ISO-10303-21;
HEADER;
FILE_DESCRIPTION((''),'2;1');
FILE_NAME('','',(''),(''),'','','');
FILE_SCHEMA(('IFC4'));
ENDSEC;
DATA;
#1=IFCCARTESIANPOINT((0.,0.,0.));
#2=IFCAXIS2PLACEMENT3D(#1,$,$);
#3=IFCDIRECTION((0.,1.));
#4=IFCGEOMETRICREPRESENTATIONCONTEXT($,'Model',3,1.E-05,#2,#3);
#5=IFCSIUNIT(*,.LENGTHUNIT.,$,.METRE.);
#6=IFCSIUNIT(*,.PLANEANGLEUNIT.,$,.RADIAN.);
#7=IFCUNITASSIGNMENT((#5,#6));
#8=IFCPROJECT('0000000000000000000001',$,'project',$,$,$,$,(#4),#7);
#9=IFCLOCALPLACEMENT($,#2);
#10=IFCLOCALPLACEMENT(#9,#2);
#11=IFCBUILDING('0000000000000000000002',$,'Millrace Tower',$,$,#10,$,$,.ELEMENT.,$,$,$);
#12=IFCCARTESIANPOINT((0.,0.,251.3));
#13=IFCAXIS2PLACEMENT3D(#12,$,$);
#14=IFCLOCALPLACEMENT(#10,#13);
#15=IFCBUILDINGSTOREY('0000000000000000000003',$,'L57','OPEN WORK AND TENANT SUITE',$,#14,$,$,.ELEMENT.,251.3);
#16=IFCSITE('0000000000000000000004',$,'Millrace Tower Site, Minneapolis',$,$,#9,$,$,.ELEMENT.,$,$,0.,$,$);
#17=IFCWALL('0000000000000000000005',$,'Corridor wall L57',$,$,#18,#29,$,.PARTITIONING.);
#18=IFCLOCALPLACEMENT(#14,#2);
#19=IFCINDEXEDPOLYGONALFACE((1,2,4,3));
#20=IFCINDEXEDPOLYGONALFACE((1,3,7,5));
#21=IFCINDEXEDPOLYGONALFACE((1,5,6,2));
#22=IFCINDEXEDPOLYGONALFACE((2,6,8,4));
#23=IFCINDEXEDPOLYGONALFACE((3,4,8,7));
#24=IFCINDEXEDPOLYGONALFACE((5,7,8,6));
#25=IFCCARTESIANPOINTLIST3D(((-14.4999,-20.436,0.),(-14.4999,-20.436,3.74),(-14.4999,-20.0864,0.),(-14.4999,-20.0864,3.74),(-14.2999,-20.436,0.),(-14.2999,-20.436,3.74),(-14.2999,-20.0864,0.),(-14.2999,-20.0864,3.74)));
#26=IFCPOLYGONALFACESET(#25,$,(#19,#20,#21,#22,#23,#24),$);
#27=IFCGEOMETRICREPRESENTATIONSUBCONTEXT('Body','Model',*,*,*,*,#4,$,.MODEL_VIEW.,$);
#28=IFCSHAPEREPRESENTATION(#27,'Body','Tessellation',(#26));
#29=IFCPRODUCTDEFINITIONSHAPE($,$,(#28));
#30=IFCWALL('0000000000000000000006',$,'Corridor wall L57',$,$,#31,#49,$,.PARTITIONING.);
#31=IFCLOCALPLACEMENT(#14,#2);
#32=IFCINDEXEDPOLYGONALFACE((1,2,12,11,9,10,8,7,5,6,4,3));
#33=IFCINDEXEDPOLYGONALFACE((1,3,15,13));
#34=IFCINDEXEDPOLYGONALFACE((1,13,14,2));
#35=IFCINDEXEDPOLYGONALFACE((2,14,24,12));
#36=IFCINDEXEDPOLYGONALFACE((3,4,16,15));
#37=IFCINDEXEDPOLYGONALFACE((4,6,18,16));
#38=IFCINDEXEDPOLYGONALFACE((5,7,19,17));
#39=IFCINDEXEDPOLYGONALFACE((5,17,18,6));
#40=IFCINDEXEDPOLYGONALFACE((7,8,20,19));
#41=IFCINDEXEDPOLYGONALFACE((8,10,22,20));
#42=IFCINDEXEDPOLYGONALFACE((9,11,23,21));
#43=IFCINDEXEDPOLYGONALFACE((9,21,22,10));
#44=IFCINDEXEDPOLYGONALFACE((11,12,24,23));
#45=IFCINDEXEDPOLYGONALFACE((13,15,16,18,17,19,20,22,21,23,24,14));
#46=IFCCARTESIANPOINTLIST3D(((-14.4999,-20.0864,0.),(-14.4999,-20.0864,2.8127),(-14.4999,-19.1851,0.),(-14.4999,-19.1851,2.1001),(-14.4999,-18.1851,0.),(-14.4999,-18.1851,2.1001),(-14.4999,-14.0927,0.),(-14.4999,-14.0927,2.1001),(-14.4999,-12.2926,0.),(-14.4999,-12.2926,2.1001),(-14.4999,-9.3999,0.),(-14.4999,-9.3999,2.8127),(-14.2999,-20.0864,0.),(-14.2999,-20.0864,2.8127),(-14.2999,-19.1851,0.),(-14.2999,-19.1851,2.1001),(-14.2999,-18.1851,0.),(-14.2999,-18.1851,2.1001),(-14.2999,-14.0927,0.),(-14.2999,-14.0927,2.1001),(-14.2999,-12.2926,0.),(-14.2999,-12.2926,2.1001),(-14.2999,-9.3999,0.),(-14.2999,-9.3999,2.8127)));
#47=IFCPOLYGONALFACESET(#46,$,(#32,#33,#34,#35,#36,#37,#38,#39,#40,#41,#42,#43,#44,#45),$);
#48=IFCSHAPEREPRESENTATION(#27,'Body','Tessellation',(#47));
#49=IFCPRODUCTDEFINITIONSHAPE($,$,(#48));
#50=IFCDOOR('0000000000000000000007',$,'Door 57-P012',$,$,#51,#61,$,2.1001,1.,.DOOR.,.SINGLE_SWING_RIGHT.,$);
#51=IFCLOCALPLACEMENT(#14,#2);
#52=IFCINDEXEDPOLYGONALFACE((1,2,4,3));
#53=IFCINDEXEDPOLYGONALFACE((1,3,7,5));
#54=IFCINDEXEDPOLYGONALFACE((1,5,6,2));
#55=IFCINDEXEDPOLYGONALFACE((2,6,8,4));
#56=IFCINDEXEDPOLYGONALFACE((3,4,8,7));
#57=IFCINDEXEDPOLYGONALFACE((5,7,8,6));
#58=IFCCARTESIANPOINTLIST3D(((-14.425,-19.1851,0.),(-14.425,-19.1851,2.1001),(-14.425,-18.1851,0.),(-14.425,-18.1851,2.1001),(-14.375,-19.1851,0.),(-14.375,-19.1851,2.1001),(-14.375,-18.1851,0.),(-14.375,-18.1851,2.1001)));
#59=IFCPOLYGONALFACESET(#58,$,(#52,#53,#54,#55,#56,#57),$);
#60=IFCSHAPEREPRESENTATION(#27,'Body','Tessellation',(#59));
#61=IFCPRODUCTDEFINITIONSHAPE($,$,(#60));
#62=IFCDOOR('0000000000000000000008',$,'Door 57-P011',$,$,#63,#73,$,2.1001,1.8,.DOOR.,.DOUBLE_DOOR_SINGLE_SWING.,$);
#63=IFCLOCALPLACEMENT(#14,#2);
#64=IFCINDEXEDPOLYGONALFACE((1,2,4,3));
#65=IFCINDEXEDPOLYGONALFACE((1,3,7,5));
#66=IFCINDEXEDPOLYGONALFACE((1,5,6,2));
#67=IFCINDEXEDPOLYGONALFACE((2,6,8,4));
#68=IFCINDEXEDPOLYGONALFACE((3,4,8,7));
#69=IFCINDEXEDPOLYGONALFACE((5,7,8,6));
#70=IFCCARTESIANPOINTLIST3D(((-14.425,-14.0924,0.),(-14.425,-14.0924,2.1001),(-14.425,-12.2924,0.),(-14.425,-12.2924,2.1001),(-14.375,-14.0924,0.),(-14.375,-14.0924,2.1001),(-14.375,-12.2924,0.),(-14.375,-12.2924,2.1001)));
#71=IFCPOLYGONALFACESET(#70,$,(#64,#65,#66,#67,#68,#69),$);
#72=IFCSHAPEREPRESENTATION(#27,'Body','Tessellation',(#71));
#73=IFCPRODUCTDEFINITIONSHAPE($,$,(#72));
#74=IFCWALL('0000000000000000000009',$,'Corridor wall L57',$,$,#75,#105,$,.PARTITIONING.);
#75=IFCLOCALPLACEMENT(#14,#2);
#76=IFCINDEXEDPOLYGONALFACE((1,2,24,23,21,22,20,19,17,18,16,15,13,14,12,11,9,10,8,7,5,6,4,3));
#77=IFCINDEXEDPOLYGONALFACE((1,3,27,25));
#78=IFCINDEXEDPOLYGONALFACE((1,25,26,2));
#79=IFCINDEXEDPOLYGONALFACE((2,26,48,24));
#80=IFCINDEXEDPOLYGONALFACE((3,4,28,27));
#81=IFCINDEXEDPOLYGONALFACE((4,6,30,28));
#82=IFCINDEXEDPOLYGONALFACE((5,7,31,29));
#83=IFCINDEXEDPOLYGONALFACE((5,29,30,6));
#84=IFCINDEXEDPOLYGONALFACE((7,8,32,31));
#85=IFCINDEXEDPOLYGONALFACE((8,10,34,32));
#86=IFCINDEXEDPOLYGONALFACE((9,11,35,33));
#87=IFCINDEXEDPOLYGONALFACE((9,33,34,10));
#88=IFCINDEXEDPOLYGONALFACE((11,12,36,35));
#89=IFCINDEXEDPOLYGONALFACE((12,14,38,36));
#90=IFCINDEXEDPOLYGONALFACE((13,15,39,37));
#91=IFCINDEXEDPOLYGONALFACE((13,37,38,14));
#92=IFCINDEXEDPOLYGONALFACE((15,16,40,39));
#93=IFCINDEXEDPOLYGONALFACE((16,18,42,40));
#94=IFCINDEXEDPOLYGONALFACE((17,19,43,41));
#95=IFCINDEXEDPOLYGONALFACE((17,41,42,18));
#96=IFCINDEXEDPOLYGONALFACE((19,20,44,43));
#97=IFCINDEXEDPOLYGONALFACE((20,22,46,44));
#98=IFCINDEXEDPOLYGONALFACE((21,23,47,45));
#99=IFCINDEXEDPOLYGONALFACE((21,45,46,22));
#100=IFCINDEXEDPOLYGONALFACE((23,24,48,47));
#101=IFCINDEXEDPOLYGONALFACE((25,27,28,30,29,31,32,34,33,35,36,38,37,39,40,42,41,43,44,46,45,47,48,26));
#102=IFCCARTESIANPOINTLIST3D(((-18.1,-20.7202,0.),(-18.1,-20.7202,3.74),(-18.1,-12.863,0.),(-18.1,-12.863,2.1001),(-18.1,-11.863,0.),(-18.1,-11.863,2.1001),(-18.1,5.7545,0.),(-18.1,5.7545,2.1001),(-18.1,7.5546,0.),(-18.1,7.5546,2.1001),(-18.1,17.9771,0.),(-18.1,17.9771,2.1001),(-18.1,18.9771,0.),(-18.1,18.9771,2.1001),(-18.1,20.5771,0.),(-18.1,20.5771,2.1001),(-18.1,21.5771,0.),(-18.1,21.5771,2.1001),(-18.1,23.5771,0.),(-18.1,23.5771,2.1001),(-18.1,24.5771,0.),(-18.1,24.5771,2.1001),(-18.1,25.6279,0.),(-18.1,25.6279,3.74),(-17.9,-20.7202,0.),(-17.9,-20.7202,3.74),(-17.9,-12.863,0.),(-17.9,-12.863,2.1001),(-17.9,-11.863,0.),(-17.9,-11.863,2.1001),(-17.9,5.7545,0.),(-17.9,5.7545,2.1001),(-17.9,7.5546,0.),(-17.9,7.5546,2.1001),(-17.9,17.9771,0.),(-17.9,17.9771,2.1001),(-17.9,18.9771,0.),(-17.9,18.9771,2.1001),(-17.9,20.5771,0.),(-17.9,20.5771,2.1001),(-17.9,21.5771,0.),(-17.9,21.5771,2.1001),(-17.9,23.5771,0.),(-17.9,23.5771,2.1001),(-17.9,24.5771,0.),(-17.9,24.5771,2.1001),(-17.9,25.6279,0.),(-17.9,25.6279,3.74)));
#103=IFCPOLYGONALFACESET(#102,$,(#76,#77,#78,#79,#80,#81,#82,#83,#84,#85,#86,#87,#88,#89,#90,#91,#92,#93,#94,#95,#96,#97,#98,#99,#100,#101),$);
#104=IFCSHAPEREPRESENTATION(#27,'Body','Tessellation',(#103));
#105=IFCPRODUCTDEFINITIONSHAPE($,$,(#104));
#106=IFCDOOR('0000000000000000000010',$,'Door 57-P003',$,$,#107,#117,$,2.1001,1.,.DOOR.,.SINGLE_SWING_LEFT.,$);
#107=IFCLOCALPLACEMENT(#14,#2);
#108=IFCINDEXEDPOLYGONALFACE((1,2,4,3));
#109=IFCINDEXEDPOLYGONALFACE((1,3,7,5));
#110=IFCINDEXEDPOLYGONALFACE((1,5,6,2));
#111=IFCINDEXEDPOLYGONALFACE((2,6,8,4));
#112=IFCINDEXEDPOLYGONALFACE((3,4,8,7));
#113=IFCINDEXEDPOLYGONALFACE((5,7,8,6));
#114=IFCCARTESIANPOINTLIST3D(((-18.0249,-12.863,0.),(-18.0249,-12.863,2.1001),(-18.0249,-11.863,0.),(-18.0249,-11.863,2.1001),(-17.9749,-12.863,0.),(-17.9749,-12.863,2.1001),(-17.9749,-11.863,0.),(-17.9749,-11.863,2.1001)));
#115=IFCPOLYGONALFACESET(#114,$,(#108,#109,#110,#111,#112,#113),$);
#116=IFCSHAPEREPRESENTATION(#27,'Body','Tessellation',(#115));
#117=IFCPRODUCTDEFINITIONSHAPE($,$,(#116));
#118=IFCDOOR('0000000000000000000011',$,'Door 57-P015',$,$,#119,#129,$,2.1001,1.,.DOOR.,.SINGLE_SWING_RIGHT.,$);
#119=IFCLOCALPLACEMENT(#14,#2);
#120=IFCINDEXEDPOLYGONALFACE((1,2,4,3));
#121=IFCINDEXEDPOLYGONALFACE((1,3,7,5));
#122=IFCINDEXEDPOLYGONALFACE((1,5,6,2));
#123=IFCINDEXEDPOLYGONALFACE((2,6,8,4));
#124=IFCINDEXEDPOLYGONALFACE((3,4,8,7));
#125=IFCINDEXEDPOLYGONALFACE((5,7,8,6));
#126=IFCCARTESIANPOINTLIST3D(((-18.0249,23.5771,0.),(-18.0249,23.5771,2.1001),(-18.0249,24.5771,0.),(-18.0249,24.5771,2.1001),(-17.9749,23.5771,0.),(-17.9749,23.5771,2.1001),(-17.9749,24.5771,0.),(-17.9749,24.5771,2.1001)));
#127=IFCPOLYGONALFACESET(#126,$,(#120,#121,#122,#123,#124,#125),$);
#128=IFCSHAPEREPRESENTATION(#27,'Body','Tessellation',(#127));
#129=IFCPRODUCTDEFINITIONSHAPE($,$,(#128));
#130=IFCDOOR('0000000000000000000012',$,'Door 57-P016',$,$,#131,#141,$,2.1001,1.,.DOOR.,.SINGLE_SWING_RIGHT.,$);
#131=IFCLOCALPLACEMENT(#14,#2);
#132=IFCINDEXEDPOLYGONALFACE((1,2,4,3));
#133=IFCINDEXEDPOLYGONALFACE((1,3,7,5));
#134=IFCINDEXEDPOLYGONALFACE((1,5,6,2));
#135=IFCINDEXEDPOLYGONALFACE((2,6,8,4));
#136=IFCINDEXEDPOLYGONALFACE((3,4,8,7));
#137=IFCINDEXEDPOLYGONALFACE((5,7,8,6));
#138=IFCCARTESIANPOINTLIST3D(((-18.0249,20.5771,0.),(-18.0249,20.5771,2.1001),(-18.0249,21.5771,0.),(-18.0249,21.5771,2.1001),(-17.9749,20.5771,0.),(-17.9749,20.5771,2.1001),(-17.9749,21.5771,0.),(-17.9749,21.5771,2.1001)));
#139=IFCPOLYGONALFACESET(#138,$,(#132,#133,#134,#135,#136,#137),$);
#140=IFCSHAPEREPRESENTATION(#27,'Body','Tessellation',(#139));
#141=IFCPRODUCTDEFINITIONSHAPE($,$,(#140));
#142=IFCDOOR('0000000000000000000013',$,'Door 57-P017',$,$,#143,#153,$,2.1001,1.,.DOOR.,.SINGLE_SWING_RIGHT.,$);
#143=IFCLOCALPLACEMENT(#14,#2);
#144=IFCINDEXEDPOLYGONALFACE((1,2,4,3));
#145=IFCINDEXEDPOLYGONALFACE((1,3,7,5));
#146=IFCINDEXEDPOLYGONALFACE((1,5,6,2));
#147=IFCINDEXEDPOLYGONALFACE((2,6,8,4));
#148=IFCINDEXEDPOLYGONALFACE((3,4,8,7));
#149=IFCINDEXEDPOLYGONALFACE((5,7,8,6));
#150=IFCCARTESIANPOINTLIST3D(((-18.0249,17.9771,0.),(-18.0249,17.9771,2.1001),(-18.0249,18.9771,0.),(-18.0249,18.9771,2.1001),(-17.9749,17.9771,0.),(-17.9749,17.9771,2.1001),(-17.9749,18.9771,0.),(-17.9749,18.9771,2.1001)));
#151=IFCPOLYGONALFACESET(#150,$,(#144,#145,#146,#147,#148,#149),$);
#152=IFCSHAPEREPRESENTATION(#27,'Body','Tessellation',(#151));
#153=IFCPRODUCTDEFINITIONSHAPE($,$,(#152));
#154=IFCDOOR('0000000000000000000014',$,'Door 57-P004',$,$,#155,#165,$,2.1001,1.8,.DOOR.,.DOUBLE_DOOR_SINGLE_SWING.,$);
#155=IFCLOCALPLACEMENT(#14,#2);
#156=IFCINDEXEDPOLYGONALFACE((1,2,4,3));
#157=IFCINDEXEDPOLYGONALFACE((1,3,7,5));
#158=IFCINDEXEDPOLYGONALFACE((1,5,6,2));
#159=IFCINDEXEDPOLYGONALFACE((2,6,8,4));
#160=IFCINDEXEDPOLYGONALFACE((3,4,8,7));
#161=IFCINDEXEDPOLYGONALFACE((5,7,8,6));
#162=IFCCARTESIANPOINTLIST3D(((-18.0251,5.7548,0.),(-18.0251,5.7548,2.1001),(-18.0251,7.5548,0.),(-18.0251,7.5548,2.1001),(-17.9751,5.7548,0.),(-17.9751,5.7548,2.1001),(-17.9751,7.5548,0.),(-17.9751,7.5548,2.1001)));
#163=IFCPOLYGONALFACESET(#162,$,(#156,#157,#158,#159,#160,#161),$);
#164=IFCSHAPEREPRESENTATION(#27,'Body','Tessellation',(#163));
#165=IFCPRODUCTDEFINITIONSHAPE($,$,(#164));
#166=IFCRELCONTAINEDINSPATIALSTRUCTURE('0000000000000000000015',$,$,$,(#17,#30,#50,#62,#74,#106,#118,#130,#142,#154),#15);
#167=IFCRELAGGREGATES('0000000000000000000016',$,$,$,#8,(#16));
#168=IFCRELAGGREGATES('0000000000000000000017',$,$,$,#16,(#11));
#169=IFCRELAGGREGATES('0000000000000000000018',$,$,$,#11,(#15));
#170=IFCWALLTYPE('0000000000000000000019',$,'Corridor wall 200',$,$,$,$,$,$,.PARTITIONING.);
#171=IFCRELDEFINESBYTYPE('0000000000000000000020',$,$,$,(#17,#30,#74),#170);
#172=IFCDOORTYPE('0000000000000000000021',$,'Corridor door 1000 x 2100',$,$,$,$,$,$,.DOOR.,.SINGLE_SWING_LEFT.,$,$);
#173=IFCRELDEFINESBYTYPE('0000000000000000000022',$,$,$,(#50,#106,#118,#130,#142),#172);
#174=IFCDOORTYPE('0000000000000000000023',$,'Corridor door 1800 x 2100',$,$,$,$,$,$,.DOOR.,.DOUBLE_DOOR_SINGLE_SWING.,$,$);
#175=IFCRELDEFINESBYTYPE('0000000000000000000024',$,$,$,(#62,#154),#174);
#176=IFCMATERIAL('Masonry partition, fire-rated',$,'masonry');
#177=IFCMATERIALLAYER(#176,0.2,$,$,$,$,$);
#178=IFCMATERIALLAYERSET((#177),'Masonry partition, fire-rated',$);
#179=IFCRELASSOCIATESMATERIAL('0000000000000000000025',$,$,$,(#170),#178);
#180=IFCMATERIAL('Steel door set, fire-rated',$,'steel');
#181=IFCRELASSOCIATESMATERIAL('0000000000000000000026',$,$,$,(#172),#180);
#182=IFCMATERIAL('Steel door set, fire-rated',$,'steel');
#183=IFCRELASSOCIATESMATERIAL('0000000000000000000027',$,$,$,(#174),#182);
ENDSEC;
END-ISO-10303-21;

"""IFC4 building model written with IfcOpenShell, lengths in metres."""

from ifc_helpers import new_model, si_unit, direction, frame, frame_2d, origin, place, context, subcontext, project, spatial, rectangle, extrude, material, layer, layer_set, type_object, element, fill, save


model = new_model("IFC4")

# Units and contexts
model_context = context("Model", 3, precision=1e-05, world=origin(), true_north=direction((0.0, 1.0)))
body_context = subcontext(model_context, "Body", "Model", "MODEL_VIEW")
ifc_project = project(units=[si_unit("LENGTHUNIT", "METRE"), si_unit("PLANEANGLEUNIT", "RADIAN")], contexts=[model_context])

# Site, building, storey
site_placement = place(None, origin())
site = spatial("IfcSite", under=ifc_project, at=site_placement, Name="Millrace Tower Site, Minneapolis", CompositionType="ELEMENT", RefElevation=0.0)
building_placement = place(site_placement, origin())
building = spatial("IfcBuilding", under=site, at=building_placement, Name="Millrace Tower", CompositionType="ELEMENT")
storey_placement = place(building_placement, frame((0.0, 0.0, 251.3)))
storey = spatial("IfcBuildingStorey", under=building, at=storey_placement, Name="L57", Description="OPEN WORK AND TENANT SUITE", CompositionType="ELEMENT", Elevation=251.3)

# Wall
ifc_material_1 = material(Name="Masonry partition, fire-rated", Category="masonry")
ifc_layer_1 = layer(ifc_material_1, 0.2)
ifc_layer_set_1 = layer_set([ifc_layer_1], Name="Masonry partition, fire-rated")
wall_type_1 = type_object("IfcWallType", Name="Corridor wall 200", PredefinedType="PARTITIONING", material=ifc_layer_set_1)
wall_1_placement = place(storey_placement, frame((-14.3999, -20.436, 0.0), z_axis=(0.0, 0.0, 1.0), x_axis=(0.0, 1.0, 0.0)))
element("IfcWall", 1, at=wall_1_placement, inside=storey, type_object=wall_type_1, Name="Corridor wall L57", PredefinedType="PARTITIONING", context=body_context, shape_type="SweptSolid", body=[
    extrude(rectangle(XDim=0.3496, YDim=0.2, at=frame_2d((0.1748, 0.0))), origin(), (0.0, 0.0, 1.0), 3.74),
])

# Walls, openings, doors
wall_2_placement = place(storey_placement, frame((-14.3999, -20.0864, 0.0), z_axis=(0.0, 0.0, 1.0), x_axis=(0.0, 1.0, 0.0)))
wall_2 = element("IfcWall", 2, at=wall_2_placement, inside=storey, type_object=wall_type_1, Name="Corridor wall L57", PredefinedType="PARTITIONING", context=body_context, shape_type="SweptSolid", body=[
    extrude(rectangle(XDim=10.6865, YDim=0.2, at=frame_2d((5.3433, 0.0))), origin(), (0.0, 0.0, 1.0), 2.8127),
])
opening_1_placement = place(wall_2_placement, frame((5.9939, 0.0, 0.0)))
opening_1 = element("IfcOpeningElement", 3, at=opening_1_placement, cuts=wall_2, PredefinedType="OPENING", context=body_context, shape_type="SweptSolid", body=[
    extrude(rectangle(XDim=1.8, YDim=2.1001, at=frame_2d((0.8999, 1.05))), frame((0.0, 0.1099, 0.0), z_axis=(0.0, -1.0, 0.0), x_axis=(1.0, 0.0, 0.0)), (0.0, 0.0, 1.0), 0.22),
])
opening_2_placement = place(wall_2_placement, frame((0.9014, 0.0, 0.0)))
opening_2 = element("IfcOpeningElement", 4, at=opening_2_placement, cuts=wall_2, PredefinedType="OPENING", context=body_context, shape_type="SweptSolid", body=[
    extrude(rectangle(XDim=1.0, YDim=2.1001, at=frame_2d((0.5, 1.05))), frame((0.0, 0.1099, 0.0), z_axis=(0.0, -1.0, 0.0), x_axis=(1.0, 0.0, 0.0)), (0.0, 0.0, 1.0), 0.22),
])
ifc_material_2 = material(Name="Steel door set, fire-rated", Category="steel")
door_type_1 = type_object("IfcDoorType", Name="Corridor door 1000 x 2100", OperationType="SINGLE_SWING_LEFT", PredefinedType="DOOR", material=ifc_material_2)
door_1_placement = place(opening_2_placement, frame((1.0, 0.0, 0.0), z_axis=(0.0, 0.0, 1.0), x_axis=(-1.0, 0.0, 0.0)))
door_1 = element("IfcDoor", 5, at=door_1_placement, inside=storey, type_object=door_type_1, Name="Door 57-P012", OperationType="SINGLE_SWING_RIGHT", OverallHeight=2.1001, OverallWidth=1.0, PredefinedType="DOOR", context=body_context, shape_type="SweptSolid", body=[
    extrude(rectangle(XDim=1.0, YDim=2.1001, at=frame_2d((0.5, 1.05))), frame((0.0, 0.0249, 0.0), z_axis=(0.0, -1.0, 0.0), x_axis=(1.0, 0.0, 0.0)), (0.0, 0.0, 1.0), 0.05),
])
fill(opening_2, door_1)
ifc_material_3 = material(Name="Steel door set, fire-rated", Category="steel")
door_type_2 = type_object("IfcDoorType", Name="Corridor door 1800 x 2100", OperationType="DOUBLE_DOOR_SINGLE_SWING", PredefinedType="DOOR", material=ifc_material_3)
door_2_placement = place(opening_1_placement, frame((1.8, 0.0, 0.0), z_axis=(0.0, 0.0, 1.0), x_axis=(-1.0, 0.0, 0.0)))
door_2 = element("IfcDoor", 6, at=door_2_placement, inside=storey, type_object=door_type_2, Name="Door 57-P011", OperationType="DOUBLE_DOOR_SINGLE_SWING", OverallHeight=2.1001, OverallWidth=1.8, PredefinedType="DOOR", context=body_context, shape_type="SweptSolid", body=[
    extrude(rectangle(XDim=1.8, YDim=2.1001, at=frame_2d((0.8999, 1.05))), frame((0.0, 0.0249, 0.0), z_axis=(0.0, -1.0, 0.0), x_axis=(1.0, 0.0, 0.0)), (0.0, 0.0, 1.0), 0.05),
])
fill(opening_1, door_2)
wall_3_placement = place(storey_placement, frame((-18.0, -20.7202, 0.0), z_axis=(0.0, 0.0, 1.0), x_axis=(0.0, 1.0, 0.0)))
wall_3 = element("IfcWall", 7, at=wall_3_placement, inside=storey, type_object=wall_type_1, Name="Corridor wall L57", PredefinedType="PARTITIONING", context=body_context, shape_type="SweptSolid", body=[
    extrude(rectangle(XDim=46.3481, YDim=0.2, at=frame_2d((23.1741, 0.0))), origin(), (0.0, 0.0, 1.0), 3.74),
])
opening_3_placement = place(wall_3_placement, frame((7.8572, 0.0, 0.0)))
opening_3 = element("IfcOpeningElement", 8, at=opening_3_placement, cuts=wall_3, PredefinedType="OPENING", context=body_context, shape_type="SweptSolid", body=[
    extrude(rectangle(XDim=1.0, YDim=2.1001, at=frame_2d((0.5, 1.05))), frame((0.0, 0.1099, 0.0), z_axis=(0.0, -1.0, 0.0), x_axis=(1.0, 0.0, 0.0)), (0.0, 0.0, 1.0), 0.22),
])
opening_4_placement = place(wall_3_placement, frame((26.4749, 0.0, 0.0)))
opening_4 = element("IfcOpeningElement", 9, at=opening_4_placement, cuts=wall_3, PredefinedType="OPENING", context=body_context, shape_type="SweptSolid", body=[
    extrude(rectangle(XDim=1.8, YDim=2.1001, at=frame_2d((0.8999, 1.05))), frame((0.0, 0.1099, 0.0), z_axis=(0.0, -1.0, 0.0), x_axis=(1.0, 0.0, 0.0)), (0.0, 0.0, 1.0), 0.22),
])
opening_5_placement = place(wall_3_placement, frame((44.2974, 0.0, 0.0)))
opening_5 = element("IfcOpeningElement", 10, at=opening_5_placement, cuts=wall_3, PredefinedType="OPENING", context=body_context, shape_type="SweptSolid", body=[
    extrude(rectangle(XDim=1.0, YDim=2.1001, at=frame_2d((0.5, 1.05))), frame((0.0, 0.1099, 0.0), z_axis=(0.0, -1.0, 0.0), x_axis=(1.0, 0.0, 0.0)), (0.0, 0.0, 1.0), 0.22),
])
opening_6_placement = place(wall_3_placement, frame((41.2974, 0.0, 0.0)))
opening_6 = element("IfcOpeningElement", 11, at=opening_6_placement, cuts=wall_3, PredefinedType="OPENING", context=body_context, shape_type="SweptSolid", body=[
    extrude(rectangle(XDim=1.0, YDim=2.1001, at=frame_2d((0.5, 1.05))), frame((0.0, 0.1099, 0.0), z_axis=(0.0, -1.0, 0.0), x_axis=(1.0, 0.0, 0.0)), (0.0, 0.0, 1.0), 0.22),
])
opening_7_placement = place(wall_3_placement, frame((38.6973, 0.0, 0.0)))
opening_7 = element("IfcOpeningElement", 12, at=opening_7_placement, cuts=wall_3, PredefinedType="OPENING", context=body_context, shape_type="SweptSolid", body=[
    extrude(rectangle(XDim=1.0, YDim=2.1001, at=frame_2d((0.5, 1.05))), frame((0.0, 0.1099, 0.0), z_axis=(0.0, -1.0, 0.0), x_axis=(1.0, 0.0, 0.0)), (0.0, 0.0, 1.0), 0.22),
])
door_3_placement = place(opening_3_placement, origin())
door_3 = element("IfcDoor", 13, at=door_3_placement, inside=storey, type_object=door_type_1, Name="Door 57-P003", OperationType="SINGLE_SWING_LEFT", OverallHeight=2.1001, OverallWidth=1.0, PredefinedType="DOOR", context=body_context, shape_type="SweptSolid", body=[
    extrude(rectangle(XDim=1.0, YDim=2.1001, at=frame_2d((0.5, 1.05))), frame((0.0, 0.0249, 0.0), z_axis=(0.0, -1.0, 0.0), x_axis=(1.0, 0.0, 0.0)), (0.0, 0.0, 1.0), 0.05),
])
fill(opening_3, door_3)
door_4_placement = place(opening_5_placement, origin())
door_4 = element("IfcDoor", 14, at=door_4_placement, inside=storey, type_object=door_type_1, Name="Door 57-P015", OperationType="SINGLE_SWING_RIGHT", OverallHeight=2.1001, OverallWidth=1.0, PredefinedType="DOOR", context=body_context, shape_type="SweptSolid", body=[
    extrude(rectangle(XDim=1.0, YDim=2.1001, at=frame_2d((0.5, 1.05))), frame((0.0, 0.0249, 0.0), z_axis=(0.0, -1.0, 0.0), x_axis=(1.0, 0.0, 0.0)), (0.0, 0.0, 1.0), 0.05),
])
fill(opening_5, door_4)
door_5_placement = place(opening_6_placement, origin())
door_5 = element("IfcDoor", 15, at=door_5_placement, inside=storey, type_object=door_type_1, Name="Door 57-P016", OperationType="SINGLE_SWING_RIGHT", OverallHeight=2.1001, OverallWidth=1.0, PredefinedType="DOOR", context=body_context, shape_type="SweptSolid", body=[
    extrude(rectangle(XDim=1.0, YDim=2.1001, at=frame_2d((0.5, 1.05))), frame((0.0, 0.0249, 0.0), z_axis=(0.0, -1.0, 0.0), x_axis=(1.0, 0.0, 0.0)), (0.0, 0.0, 1.0), 0.05),
])
fill(opening_6, door_5)
door_6_placement = place(opening_7_placement, origin())
door_6 = element("IfcDoor", 16, at=door_6_placement, inside=storey, type_object=door_type_1, Name="Door 57-P017", OperationType="SINGLE_SWING_RIGHT", OverallHeight=2.1001, OverallWidth=1.0, PredefinedType="DOOR", context=body_context, shape_type="SweptSolid", body=[
    extrude(rectangle(XDim=1.0, YDim=2.1001, at=frame_2d((0.5, 1.05))), frame((0.0, 0.0249, 0.0), z_axis=(0.0, -1.0, 0.0), x_axis=(1.0, 0.0, 0.0)), (0.0, 0.0, 1.0), 0.05),
])
fill(opening_7, door_6)
door_7_placement = place(opening_4_placement, frame((1.8, 0.0, 0.0), z_axis=(0.0, 0.0, 1.0), x_axis=(-1.0, 0.0, 0.0)))
door_7 = element("IfcDoor", 17, at=door_7_placement, inside=storey, type_object=door_type_2, Name="Door 57-P004", OperationType="DOUBLE_DOOR_SINGLE_SWING", OverallHeight=2.1001, OverallWidth=1.8, PredefinedType="DOOR", context=body_context, shape_type="SweptSolid", body=[
    extrude(rectangle(XDim=1.8, YDim=2.1001, at=frame_2d((0.8999, 1.05))), frame((0.0, 0.0249, 0.0), z_axis=(0.0, -1.0, 0.0), x_axis=(1.0, 0.0, 0.0)), (0.0, 0.0, 1.0), 0.05),
])
fill(opening_4, door_7)

save(model, "model.ifc")
